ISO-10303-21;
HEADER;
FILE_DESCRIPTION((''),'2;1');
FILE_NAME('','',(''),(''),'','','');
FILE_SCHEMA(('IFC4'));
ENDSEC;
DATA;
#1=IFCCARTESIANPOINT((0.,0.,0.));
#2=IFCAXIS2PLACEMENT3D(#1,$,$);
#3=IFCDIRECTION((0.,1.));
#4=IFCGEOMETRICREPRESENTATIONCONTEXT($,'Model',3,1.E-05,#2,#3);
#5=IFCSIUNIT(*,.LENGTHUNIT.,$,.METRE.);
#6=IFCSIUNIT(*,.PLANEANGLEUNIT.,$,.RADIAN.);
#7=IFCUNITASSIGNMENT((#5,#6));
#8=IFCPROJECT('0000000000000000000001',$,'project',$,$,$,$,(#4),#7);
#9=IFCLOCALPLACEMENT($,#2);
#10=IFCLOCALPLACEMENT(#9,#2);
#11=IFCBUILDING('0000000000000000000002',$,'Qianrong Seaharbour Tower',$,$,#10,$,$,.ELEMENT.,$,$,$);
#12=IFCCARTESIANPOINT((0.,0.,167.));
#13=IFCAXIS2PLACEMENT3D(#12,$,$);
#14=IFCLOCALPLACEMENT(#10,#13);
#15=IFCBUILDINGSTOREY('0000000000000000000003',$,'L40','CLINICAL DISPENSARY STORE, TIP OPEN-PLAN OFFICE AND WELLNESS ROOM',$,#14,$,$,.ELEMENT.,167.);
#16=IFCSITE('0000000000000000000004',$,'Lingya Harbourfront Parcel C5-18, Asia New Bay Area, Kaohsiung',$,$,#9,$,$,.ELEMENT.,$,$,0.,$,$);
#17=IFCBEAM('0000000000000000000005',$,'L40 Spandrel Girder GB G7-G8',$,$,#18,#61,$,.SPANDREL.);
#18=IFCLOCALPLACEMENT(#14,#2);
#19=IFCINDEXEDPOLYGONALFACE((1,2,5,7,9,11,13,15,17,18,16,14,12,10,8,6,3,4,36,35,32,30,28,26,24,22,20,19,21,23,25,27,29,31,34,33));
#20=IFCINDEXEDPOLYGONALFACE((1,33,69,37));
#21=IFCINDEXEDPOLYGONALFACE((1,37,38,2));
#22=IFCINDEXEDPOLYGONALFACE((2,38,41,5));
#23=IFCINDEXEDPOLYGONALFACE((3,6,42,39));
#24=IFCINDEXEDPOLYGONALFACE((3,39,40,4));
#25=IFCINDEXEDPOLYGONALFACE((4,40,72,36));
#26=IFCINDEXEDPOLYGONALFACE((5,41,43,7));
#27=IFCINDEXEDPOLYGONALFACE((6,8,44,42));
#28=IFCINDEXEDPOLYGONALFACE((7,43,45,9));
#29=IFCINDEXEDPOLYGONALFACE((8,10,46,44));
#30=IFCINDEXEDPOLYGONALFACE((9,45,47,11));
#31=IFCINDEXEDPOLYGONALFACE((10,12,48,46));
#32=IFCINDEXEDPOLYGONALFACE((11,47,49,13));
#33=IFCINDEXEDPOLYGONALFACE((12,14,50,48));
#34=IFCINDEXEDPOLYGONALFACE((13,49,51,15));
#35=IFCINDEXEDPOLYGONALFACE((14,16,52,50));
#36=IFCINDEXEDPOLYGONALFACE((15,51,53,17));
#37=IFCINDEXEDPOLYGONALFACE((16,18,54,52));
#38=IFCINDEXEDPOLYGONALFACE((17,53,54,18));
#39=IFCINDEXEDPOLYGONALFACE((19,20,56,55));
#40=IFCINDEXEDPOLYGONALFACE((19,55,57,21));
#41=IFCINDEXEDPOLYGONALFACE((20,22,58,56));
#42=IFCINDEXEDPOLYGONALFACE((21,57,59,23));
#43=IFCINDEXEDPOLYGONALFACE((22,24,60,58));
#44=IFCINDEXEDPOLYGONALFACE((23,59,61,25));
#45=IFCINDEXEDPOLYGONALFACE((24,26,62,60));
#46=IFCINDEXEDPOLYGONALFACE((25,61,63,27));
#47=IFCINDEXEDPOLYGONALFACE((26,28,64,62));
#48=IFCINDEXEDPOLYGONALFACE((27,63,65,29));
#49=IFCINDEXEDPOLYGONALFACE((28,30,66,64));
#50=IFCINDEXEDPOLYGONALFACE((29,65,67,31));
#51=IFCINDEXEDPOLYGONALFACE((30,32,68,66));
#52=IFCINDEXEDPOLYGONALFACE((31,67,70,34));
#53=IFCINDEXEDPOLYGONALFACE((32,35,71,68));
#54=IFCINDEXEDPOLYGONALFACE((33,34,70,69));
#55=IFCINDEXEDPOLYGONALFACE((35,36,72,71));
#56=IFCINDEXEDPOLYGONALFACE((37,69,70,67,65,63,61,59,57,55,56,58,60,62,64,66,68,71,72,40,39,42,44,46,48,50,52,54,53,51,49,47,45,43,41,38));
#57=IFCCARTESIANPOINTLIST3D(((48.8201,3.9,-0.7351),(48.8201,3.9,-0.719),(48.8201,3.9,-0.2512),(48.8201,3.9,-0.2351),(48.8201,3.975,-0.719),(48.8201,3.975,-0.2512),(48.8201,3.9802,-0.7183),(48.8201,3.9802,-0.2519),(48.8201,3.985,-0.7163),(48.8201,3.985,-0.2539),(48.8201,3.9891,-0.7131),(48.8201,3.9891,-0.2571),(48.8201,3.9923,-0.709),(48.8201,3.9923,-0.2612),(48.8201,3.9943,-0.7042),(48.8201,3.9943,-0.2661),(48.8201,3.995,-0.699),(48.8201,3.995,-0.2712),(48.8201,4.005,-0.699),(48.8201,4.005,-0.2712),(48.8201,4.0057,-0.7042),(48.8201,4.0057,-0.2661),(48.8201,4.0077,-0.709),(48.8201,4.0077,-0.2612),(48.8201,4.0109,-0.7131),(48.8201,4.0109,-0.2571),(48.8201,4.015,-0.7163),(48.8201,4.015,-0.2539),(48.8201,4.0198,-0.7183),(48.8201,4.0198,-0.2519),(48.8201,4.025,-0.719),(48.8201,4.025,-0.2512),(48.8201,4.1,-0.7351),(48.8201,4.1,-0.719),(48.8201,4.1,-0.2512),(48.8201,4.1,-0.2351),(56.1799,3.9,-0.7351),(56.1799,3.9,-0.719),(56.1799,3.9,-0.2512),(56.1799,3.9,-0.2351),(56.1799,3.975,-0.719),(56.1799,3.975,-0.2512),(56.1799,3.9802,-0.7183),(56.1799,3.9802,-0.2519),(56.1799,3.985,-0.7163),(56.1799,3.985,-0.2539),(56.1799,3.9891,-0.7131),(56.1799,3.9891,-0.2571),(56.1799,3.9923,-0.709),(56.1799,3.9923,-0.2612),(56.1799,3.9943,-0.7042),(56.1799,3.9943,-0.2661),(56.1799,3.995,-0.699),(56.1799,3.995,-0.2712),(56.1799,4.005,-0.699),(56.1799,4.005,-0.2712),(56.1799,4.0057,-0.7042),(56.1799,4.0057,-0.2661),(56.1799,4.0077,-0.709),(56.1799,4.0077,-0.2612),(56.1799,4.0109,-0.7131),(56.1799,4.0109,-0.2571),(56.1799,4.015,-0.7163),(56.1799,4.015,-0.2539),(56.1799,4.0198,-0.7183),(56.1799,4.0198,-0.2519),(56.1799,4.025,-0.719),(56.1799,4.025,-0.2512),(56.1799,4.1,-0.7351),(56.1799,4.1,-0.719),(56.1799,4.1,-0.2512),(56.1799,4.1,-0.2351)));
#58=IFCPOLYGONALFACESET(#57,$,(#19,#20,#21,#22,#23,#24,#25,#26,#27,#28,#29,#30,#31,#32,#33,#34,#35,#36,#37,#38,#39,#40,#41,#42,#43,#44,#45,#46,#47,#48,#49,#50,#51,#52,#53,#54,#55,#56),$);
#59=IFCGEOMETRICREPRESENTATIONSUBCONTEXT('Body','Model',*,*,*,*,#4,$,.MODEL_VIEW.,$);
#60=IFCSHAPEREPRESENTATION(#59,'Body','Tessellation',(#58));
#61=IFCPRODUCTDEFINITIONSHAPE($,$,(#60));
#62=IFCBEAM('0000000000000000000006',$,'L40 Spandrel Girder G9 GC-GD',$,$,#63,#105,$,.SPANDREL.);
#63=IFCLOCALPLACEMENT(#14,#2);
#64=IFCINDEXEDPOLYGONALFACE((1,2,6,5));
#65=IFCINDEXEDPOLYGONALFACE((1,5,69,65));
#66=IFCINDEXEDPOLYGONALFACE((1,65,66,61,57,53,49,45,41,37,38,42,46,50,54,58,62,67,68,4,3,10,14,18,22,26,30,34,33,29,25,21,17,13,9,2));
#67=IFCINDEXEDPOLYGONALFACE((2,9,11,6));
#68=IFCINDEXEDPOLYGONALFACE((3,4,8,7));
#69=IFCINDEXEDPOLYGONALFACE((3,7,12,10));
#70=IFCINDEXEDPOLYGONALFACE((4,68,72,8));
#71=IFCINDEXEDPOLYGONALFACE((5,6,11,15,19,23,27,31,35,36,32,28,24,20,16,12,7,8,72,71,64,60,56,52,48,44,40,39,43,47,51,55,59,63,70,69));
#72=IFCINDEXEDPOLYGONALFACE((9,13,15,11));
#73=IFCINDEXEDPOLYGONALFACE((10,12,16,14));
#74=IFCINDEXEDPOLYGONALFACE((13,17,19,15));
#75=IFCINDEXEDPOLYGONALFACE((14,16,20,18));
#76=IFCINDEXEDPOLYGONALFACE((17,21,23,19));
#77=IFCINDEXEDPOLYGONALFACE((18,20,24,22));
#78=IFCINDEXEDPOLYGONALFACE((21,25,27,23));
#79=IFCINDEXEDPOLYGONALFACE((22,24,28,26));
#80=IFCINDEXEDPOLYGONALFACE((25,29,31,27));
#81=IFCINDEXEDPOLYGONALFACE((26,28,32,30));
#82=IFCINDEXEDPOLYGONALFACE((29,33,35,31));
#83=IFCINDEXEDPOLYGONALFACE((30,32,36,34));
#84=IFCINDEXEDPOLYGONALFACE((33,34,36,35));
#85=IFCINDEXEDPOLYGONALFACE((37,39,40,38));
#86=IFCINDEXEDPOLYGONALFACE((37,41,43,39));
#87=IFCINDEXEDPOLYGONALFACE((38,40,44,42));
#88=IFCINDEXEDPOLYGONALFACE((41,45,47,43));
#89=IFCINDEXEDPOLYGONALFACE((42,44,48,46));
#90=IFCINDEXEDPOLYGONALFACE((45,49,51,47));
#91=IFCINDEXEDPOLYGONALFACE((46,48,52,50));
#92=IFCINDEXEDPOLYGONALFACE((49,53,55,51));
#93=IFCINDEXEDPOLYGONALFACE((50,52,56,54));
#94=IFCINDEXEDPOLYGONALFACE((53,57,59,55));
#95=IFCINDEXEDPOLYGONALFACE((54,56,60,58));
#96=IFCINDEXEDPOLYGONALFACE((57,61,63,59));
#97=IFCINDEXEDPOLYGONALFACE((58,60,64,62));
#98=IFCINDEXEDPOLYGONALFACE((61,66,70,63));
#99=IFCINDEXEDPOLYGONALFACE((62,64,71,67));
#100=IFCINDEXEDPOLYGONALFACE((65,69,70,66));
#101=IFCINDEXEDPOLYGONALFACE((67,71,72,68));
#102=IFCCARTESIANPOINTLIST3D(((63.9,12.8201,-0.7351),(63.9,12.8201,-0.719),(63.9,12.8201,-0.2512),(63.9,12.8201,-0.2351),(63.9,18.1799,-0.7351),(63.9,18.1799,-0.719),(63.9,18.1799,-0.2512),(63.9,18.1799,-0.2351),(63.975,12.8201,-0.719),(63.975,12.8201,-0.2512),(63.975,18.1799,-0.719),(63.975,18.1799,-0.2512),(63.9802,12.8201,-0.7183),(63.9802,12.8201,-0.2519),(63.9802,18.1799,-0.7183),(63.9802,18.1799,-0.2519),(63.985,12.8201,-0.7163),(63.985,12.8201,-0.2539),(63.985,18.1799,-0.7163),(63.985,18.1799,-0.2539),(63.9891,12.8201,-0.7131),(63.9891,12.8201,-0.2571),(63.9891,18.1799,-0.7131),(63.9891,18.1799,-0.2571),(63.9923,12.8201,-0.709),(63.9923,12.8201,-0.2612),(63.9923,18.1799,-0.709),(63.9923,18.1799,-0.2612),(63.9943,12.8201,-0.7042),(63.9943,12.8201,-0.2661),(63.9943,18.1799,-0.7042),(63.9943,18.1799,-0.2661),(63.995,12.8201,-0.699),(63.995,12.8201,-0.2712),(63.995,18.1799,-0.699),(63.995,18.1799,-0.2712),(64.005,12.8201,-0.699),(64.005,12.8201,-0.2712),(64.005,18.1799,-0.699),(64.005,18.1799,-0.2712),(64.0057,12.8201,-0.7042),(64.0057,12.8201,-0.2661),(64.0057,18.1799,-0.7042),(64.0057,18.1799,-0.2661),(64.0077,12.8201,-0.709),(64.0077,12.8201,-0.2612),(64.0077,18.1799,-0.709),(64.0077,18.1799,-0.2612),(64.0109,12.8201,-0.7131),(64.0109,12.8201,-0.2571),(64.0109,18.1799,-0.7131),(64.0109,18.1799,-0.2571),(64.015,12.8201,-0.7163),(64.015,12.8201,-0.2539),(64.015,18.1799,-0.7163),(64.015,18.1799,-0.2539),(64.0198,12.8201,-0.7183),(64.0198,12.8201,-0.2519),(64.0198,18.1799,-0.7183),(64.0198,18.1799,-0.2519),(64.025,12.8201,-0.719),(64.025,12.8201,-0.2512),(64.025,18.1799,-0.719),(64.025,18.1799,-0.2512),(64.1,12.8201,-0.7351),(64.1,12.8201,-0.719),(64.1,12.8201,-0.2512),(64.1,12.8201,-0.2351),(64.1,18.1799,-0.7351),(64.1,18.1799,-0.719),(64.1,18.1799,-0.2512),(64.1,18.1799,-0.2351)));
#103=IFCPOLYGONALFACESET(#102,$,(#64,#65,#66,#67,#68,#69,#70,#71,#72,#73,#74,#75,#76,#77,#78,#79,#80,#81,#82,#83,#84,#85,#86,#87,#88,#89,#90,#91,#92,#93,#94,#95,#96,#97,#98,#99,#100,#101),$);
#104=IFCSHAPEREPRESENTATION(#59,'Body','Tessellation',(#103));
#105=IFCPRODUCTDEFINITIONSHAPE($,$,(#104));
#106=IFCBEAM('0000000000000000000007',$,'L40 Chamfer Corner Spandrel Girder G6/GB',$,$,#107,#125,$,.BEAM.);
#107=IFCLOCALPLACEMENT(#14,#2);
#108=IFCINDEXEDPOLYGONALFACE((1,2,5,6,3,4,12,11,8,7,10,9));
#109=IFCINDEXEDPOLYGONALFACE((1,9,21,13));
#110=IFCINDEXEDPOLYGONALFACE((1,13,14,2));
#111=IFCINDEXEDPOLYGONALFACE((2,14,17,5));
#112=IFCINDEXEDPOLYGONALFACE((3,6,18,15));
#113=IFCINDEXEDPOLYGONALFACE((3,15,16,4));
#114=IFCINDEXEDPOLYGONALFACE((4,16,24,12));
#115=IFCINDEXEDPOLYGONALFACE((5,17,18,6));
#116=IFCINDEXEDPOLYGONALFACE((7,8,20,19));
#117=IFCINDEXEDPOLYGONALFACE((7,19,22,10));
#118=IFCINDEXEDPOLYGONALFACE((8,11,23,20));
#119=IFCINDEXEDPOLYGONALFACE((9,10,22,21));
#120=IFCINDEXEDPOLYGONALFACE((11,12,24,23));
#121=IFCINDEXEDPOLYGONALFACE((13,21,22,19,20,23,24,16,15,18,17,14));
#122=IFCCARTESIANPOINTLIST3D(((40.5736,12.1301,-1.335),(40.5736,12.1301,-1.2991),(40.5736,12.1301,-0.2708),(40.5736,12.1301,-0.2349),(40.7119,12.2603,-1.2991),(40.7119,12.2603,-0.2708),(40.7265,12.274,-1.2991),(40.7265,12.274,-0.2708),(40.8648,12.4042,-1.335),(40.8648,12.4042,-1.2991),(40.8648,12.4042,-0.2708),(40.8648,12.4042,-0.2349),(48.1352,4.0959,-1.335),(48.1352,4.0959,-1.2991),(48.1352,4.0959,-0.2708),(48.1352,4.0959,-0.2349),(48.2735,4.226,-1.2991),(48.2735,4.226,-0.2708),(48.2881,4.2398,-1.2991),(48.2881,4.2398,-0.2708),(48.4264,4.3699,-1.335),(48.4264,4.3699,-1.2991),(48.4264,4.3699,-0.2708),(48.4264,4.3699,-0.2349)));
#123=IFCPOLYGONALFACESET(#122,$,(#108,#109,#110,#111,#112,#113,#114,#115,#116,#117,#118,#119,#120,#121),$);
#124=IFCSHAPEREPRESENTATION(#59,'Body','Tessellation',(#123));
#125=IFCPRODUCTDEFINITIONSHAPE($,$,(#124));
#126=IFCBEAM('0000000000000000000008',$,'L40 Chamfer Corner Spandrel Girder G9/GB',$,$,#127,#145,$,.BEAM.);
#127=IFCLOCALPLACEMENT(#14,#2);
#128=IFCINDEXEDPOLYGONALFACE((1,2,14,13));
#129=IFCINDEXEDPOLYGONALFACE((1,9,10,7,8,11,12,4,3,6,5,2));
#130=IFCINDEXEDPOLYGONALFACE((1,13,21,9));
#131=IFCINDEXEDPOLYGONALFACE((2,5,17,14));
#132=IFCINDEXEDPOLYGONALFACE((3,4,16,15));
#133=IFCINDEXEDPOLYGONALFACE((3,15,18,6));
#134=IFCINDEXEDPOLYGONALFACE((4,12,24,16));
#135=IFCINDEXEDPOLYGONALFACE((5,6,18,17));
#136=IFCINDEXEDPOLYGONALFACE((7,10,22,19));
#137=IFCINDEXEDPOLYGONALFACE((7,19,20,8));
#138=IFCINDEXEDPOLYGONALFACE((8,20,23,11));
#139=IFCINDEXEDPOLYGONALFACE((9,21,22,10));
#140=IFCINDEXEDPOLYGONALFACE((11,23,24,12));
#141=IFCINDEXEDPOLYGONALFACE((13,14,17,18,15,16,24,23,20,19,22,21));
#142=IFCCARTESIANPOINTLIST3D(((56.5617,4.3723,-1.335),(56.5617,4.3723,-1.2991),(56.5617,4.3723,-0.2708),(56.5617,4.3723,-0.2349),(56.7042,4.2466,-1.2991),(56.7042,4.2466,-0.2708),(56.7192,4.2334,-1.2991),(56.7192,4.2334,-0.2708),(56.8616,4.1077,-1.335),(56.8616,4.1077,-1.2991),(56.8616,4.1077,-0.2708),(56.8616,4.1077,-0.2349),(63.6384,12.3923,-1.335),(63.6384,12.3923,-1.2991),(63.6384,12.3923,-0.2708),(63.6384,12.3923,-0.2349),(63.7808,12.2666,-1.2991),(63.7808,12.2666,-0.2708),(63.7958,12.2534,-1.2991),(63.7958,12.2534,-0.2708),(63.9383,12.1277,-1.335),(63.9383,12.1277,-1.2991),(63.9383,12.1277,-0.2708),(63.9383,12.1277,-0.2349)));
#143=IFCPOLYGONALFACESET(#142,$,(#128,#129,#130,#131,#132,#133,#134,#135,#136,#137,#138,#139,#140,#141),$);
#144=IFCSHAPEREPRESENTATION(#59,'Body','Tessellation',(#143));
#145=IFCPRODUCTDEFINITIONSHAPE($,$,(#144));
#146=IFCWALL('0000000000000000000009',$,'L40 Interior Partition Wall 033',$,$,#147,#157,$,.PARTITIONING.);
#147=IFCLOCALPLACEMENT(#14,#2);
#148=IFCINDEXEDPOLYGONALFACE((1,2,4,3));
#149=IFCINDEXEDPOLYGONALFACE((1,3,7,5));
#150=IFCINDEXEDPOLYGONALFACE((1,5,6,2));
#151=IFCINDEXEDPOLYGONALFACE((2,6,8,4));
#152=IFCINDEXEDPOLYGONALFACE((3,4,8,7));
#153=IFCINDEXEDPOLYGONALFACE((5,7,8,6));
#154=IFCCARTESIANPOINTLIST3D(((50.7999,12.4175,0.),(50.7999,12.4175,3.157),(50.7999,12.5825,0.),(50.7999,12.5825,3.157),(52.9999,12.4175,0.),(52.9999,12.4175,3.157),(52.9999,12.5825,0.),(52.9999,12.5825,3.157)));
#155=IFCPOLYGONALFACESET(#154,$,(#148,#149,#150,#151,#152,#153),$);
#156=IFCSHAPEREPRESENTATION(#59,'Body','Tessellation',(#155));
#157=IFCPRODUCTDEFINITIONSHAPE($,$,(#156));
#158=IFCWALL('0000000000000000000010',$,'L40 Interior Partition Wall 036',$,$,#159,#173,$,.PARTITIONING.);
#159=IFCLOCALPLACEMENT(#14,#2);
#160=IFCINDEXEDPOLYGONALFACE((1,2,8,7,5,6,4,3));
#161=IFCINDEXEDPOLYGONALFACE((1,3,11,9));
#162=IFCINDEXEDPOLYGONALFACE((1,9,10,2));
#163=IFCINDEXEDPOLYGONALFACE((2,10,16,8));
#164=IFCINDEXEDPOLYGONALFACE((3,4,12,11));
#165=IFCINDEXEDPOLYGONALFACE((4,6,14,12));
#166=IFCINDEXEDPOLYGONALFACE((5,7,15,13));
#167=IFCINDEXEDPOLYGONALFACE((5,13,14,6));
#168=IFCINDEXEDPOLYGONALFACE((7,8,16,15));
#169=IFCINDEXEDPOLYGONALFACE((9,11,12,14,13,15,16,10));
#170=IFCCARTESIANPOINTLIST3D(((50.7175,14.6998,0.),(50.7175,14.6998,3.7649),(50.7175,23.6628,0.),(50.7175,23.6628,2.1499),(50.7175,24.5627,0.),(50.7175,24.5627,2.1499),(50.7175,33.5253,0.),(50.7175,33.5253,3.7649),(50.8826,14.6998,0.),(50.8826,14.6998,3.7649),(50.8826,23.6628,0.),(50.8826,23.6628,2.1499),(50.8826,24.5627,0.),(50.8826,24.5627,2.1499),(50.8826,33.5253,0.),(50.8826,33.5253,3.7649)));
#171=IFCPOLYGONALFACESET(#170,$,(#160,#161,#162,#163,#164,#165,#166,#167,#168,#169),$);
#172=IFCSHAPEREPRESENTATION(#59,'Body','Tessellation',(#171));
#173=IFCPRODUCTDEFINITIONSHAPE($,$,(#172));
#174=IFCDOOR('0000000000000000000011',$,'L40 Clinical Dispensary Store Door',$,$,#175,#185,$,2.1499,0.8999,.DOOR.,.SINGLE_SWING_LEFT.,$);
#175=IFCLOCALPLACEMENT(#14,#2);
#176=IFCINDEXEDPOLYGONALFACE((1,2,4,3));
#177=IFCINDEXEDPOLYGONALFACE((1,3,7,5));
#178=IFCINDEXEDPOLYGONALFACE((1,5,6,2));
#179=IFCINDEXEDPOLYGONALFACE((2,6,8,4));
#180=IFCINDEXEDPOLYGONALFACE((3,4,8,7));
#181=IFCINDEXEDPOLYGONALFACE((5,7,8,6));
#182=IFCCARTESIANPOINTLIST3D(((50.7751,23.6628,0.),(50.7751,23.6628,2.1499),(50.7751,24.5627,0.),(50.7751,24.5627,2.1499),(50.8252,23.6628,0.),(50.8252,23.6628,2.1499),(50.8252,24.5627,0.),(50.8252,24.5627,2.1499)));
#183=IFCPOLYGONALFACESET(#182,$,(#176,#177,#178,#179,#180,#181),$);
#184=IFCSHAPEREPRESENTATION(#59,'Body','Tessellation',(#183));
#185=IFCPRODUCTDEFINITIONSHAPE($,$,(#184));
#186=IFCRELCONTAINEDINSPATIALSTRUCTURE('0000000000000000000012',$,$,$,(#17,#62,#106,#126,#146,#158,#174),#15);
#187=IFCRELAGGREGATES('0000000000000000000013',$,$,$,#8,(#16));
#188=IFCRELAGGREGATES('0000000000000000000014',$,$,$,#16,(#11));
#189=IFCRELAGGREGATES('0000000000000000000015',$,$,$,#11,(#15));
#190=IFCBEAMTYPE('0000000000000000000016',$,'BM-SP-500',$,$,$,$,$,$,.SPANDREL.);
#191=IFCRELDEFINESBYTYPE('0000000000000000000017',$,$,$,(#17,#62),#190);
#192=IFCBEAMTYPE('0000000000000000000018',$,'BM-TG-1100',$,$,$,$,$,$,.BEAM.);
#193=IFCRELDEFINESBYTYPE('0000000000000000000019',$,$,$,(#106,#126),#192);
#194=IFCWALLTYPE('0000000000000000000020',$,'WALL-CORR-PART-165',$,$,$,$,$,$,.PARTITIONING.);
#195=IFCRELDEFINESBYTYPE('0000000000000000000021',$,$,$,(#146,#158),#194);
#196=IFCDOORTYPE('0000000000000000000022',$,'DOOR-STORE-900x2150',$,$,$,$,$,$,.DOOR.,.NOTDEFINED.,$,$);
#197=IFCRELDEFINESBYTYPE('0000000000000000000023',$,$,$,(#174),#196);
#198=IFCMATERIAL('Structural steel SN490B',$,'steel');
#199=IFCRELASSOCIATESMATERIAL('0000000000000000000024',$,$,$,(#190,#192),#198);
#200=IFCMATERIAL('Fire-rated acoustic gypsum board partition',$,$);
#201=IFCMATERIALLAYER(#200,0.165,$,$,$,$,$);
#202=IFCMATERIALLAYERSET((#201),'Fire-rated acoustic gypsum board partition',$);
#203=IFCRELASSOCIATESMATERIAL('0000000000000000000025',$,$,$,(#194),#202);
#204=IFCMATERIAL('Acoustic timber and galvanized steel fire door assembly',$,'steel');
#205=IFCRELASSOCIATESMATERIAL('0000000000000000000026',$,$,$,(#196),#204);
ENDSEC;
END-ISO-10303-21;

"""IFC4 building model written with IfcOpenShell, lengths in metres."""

from ifc_helpers import new_model, si_unit, direction, frame, frame_2d, origin, origin_2d, place, context, subcontext, project, spatial, rectangle, i_section, extrude, material, layer, layer_set, material_profile, profile_set, type_object, element, fill, save


model = new_model("IFC4")

# Units and contexts
model_context = context("Model", 3, precision=1e-05, world=origin(), true_north=direction((0.0, 1.0)))
body_context = subcontext(model_context, "Body", "Model", "MODEL_VIEW")
ifc_project = project(units=[si_unit("LENGTHUNIT", "METRE"), si_unit("PLANEANGLEUNIT", "RADIAN")], contexts=[model_context])

# Site, building, storey
site_placement = place(None, origin())
site = spatial("IfcSite", under=ifc_project, at=site_placement, Name="Lingya Harbourfront Parcel C5-18, Asia New Bay Area, Kaohsiung", CompositionType="ELEMENT", RefElevation=0.0)
building_placement = place(site_placement, origin())
building = spatial("IfcBuilding", under=site, at=building_placement, Name="Qianrong Seaharbour Tower", CompositionType="ELEMENT")
storey_placement = place(building_placement, frame((0.0, 0.0, 167.0)))
storey = spatial("IfcBuildingStorey", under=building, at=storey_placement, Name="L40", Description="CLINICAL DISPENSARY STORE, TIP OPEN-PLAN OFFICE AND WELLNESS ROOM", CompositionType="ELEMENT", Elevation=167.0)

# Shared definitions
ifc_material_1 = material(Name="Structural steel SN490B", Category="steel")

# Beams
ifc_material_profile_1 = material_profile(ifc_material_1, i_section(OverallWidth=0.2, OverallDepth=0.5, WebThickness=0.01, FlangeThickness=0.0161, FilletRadius=0.02, at=origin_2d()), Name="H500x200x10x16")
ifc_profile_set_1 = profile_set([ifc_material_profile_1], Name="Structural steel SN490B")
beam_type_1 = type_object("IfcBeamType", Name="BM-SP-500", PredefinedType="SPANDREL", material=ifc_profile_set_1)
beam_1_placement = place(storey_placement, frame((48.8201, 4.0, -0.4851), z_axis=(1.0, 0.0, 0.0), x_axis=(0.0, 1.0, 0.0)))
element("IfcBeam", 1, at=beam_1_placement, inside=storey, type_object=beam_type_1, Name="L40 Spandrel Girder GB G7-G8", PredefinedType="SPANDREL", context=body_context, shape_type="SweptSolid", body=[
    extrude(i_section(OverallWidth=0.2, OverallDepth=0.5, WebThickness=0.01, FlangeThickness=0.0161, FilletRadius=0.02, at=origin_2d()), origin(), (0.0, 0.0, 1.0), 7.3599),
])
beam_2_placement = place(storey_placement, frame((64.0, 12.8201, -0.4851), z_axis=(0.0, 1.0, 0.0), x_axis=(-1.0, 0.0, 0.0)))
element("IfcBeam", 2, at=beam_2_placement, inside=storey, type_object=beam_type_1, Name="L40 Spandrel Girder G9 GC-GD", PredefinedType="SPANDREL", context=body_context, shape_type="SweptSolid", body=[
    extrude(i_section(OverallWidth=0.2, OverallDepth=0.5, WebThickness=0.01, FlangeThickness=0.0161, FilletRadius=0.02, at=origin_2d()), origin(), (0.0, 0.0, 1.0), 5.3599),
])
ifc_material_profile_2 = material_profile(ifc_material_1, i_section(OverallWidth=0.3999, OverallDepth=1.1001, WebThickness=0.02, FlangeThickness=0.0359, at=origin_2d()), Name="BH1100x400x20x36")
ifc_profile_set_2 = profile_set([ifc_material_profile_2], Name="Structural steel SN490B")
beam_type_2 = type_object("IfcBeamType", Name="BM-TG-1100", PredefinedType="BEAM", material=ifc_profile_set_2)
beam_3_placement = place(storey_placement, frame((48.2808, 4.2329, -0.7849), z_axis=(-0.685362, 0.728203, 0.0), x_axis=(-0.728203, -0.685362, 0.0)))
element("IfcBeam", 3, at=beam_3_placement, inside=storey, type_object=beam_type_2, Name="L40 Chamfer Corner Spandrel Girder G6/GB", PredefinedType="BEAM", context=body_context, shape_type="SweptSolid", body=[
    extrude(i_section(OverallWidth=0.3999, OverallDepth=1.1001, WebThickness=0.02, FlangeThickness=0.0359, at=origin_2d()), origin(), (0.0, 0.0, 1.0), 11.033),
])
beam_4_placement = place(storey_placement, frame((56.7117, 4.24, -0.7849), z_axis=(0.661631, 0.74983, 0.0), x_axis=(-0.74983, 0.661631, 0.0)))
element("IfcBeam", 4, at=beam_4_placement, inside=storey, type_object=beam_type_2, Name="L40 Chamfer Corner Spandrel Girder G9/GB", PredefinedType="BEAM", context=body_context, shape_type="SweptSolid", body=[
    extrude(i_section(OverallWidth=0.3999, OverallDepth=1.1001, WebThickness=0.02, FlangeThickness=0.0359, at=origin_2d()), origin(), (0.0, 0.0, 1.0), 10.6958),
])

# Wall
ifc_material_2 = material(Name="Fire-rated acoustic gypsum board partition")
ifc_layer_1 = layer(ifc_material_2, 0.165)
ifc_layer_set_1 = layer_set([ifc_layer_1], Name="Fire-rated acoustic gypsum board partition")
wall_type_1 = type_object("IfcWallType", Name="WALL-CORR-PART-165", PredefinedType="PARTITIONING", material=ifc_layer_set_1)
wall_1_placement = place(storey_placement, frame((53.0, 12.5, 0.0), z_axis=(0.0, 0.0, 1.0), x_axis=(-1.0, 0.0, 0.0)))
element("IfcWall", 5, at=wall_1_placement, inside=storey, type_object=wall_type_1, Name="L40 Interior Partition Wall 033", PredefinedType="PARTITIONING", context=body_context, shape_type="SweptSolid", body=[
    extrude(rectangle(XDim=2.2, YDim=0.165, at=frame_2d((1.1001, 0.0))), origin(), (0.0, 0.0, 1.0), 3.157),
])

# Wall, opening, door
wall_2_placement = place(storey_placement, frame((50.8, 14.7, 0.0), z_axis=(0.0, 0.0, 1.0), x_axis=(0.0, 1.0, 0.0)))
wall_2 = element("IfcWall", 6, at=wall_2_placement, inside=storey, type_object=wall_type_1, Name="L40 Interior Partition Wall 036", PredefinedType="PARTITIONING", context=body_context, shape_type="SweptSolid", body=[
    extrude(rectangle(XDim=18.8254, YDim=0.165, at=frame_2d((9.4126, 0.0))), origin(), (0.0, 0.0, 1.0), 3.7649),
])
opening_1_placement = place(wall_2_placement, frame((8.9629, 0.0, 0.0)))
opening_1 = element("IfcOpeningElement", 7, at=opening_1_placement, cuts=wall_2, PredefinedType="OPENING", context=body_context, shape_type="SweptSolid", body=[
    extrude(rectangle(XDim=0.8999, YDim=2.1499, at=frame_2d((0.45, 1.075))), frame((0.0, 0.0925, 0.0), z_axis=(0.0, -1.0, 0.0), x_axis=(1.0, 0.0, 0.0)), (0.0, 0.0, 1.0), 0.1851),
])
ifc_material_3 = material(Name="Acoustic timber and galvanized steel fire door assembly", Category="steel")
door_type_1 = type_object("IfcDoorType", Name="DOOR-STORE-900x2150", OperationType="NOTDEFINED", PredefinedType="DOOR", material=ifc_material_3)
door_1_placement = place(opening_1_placement, origin())
door_1 = element("IfcDoor", 8, at=door_1_placement, inside=storey, type_object=door_type_1, Name="L40 Clinical Dispensary Store Door", OperationType="SINGLE_SWING_LEFT", OverallHeight=2.1499, OverallWidth=0.8999, PredefinedType="DOOR", context=body_context, shape_type="SweptSolid", body=[
    extrude(rectangle(XDim=0.8999, YDim=2.1499, at=frame_2d((0.45, 1.075))), frame((0.0, 0.0249, 0.0), z_axis=(0.0, -1.0, 0.0), x_axis=(1.0, 0.0, 0.0)), (0.0, 0.0, 1.0), 0.05),
])
fill(opening_1, door_1)

save(model, "model.ifc")
